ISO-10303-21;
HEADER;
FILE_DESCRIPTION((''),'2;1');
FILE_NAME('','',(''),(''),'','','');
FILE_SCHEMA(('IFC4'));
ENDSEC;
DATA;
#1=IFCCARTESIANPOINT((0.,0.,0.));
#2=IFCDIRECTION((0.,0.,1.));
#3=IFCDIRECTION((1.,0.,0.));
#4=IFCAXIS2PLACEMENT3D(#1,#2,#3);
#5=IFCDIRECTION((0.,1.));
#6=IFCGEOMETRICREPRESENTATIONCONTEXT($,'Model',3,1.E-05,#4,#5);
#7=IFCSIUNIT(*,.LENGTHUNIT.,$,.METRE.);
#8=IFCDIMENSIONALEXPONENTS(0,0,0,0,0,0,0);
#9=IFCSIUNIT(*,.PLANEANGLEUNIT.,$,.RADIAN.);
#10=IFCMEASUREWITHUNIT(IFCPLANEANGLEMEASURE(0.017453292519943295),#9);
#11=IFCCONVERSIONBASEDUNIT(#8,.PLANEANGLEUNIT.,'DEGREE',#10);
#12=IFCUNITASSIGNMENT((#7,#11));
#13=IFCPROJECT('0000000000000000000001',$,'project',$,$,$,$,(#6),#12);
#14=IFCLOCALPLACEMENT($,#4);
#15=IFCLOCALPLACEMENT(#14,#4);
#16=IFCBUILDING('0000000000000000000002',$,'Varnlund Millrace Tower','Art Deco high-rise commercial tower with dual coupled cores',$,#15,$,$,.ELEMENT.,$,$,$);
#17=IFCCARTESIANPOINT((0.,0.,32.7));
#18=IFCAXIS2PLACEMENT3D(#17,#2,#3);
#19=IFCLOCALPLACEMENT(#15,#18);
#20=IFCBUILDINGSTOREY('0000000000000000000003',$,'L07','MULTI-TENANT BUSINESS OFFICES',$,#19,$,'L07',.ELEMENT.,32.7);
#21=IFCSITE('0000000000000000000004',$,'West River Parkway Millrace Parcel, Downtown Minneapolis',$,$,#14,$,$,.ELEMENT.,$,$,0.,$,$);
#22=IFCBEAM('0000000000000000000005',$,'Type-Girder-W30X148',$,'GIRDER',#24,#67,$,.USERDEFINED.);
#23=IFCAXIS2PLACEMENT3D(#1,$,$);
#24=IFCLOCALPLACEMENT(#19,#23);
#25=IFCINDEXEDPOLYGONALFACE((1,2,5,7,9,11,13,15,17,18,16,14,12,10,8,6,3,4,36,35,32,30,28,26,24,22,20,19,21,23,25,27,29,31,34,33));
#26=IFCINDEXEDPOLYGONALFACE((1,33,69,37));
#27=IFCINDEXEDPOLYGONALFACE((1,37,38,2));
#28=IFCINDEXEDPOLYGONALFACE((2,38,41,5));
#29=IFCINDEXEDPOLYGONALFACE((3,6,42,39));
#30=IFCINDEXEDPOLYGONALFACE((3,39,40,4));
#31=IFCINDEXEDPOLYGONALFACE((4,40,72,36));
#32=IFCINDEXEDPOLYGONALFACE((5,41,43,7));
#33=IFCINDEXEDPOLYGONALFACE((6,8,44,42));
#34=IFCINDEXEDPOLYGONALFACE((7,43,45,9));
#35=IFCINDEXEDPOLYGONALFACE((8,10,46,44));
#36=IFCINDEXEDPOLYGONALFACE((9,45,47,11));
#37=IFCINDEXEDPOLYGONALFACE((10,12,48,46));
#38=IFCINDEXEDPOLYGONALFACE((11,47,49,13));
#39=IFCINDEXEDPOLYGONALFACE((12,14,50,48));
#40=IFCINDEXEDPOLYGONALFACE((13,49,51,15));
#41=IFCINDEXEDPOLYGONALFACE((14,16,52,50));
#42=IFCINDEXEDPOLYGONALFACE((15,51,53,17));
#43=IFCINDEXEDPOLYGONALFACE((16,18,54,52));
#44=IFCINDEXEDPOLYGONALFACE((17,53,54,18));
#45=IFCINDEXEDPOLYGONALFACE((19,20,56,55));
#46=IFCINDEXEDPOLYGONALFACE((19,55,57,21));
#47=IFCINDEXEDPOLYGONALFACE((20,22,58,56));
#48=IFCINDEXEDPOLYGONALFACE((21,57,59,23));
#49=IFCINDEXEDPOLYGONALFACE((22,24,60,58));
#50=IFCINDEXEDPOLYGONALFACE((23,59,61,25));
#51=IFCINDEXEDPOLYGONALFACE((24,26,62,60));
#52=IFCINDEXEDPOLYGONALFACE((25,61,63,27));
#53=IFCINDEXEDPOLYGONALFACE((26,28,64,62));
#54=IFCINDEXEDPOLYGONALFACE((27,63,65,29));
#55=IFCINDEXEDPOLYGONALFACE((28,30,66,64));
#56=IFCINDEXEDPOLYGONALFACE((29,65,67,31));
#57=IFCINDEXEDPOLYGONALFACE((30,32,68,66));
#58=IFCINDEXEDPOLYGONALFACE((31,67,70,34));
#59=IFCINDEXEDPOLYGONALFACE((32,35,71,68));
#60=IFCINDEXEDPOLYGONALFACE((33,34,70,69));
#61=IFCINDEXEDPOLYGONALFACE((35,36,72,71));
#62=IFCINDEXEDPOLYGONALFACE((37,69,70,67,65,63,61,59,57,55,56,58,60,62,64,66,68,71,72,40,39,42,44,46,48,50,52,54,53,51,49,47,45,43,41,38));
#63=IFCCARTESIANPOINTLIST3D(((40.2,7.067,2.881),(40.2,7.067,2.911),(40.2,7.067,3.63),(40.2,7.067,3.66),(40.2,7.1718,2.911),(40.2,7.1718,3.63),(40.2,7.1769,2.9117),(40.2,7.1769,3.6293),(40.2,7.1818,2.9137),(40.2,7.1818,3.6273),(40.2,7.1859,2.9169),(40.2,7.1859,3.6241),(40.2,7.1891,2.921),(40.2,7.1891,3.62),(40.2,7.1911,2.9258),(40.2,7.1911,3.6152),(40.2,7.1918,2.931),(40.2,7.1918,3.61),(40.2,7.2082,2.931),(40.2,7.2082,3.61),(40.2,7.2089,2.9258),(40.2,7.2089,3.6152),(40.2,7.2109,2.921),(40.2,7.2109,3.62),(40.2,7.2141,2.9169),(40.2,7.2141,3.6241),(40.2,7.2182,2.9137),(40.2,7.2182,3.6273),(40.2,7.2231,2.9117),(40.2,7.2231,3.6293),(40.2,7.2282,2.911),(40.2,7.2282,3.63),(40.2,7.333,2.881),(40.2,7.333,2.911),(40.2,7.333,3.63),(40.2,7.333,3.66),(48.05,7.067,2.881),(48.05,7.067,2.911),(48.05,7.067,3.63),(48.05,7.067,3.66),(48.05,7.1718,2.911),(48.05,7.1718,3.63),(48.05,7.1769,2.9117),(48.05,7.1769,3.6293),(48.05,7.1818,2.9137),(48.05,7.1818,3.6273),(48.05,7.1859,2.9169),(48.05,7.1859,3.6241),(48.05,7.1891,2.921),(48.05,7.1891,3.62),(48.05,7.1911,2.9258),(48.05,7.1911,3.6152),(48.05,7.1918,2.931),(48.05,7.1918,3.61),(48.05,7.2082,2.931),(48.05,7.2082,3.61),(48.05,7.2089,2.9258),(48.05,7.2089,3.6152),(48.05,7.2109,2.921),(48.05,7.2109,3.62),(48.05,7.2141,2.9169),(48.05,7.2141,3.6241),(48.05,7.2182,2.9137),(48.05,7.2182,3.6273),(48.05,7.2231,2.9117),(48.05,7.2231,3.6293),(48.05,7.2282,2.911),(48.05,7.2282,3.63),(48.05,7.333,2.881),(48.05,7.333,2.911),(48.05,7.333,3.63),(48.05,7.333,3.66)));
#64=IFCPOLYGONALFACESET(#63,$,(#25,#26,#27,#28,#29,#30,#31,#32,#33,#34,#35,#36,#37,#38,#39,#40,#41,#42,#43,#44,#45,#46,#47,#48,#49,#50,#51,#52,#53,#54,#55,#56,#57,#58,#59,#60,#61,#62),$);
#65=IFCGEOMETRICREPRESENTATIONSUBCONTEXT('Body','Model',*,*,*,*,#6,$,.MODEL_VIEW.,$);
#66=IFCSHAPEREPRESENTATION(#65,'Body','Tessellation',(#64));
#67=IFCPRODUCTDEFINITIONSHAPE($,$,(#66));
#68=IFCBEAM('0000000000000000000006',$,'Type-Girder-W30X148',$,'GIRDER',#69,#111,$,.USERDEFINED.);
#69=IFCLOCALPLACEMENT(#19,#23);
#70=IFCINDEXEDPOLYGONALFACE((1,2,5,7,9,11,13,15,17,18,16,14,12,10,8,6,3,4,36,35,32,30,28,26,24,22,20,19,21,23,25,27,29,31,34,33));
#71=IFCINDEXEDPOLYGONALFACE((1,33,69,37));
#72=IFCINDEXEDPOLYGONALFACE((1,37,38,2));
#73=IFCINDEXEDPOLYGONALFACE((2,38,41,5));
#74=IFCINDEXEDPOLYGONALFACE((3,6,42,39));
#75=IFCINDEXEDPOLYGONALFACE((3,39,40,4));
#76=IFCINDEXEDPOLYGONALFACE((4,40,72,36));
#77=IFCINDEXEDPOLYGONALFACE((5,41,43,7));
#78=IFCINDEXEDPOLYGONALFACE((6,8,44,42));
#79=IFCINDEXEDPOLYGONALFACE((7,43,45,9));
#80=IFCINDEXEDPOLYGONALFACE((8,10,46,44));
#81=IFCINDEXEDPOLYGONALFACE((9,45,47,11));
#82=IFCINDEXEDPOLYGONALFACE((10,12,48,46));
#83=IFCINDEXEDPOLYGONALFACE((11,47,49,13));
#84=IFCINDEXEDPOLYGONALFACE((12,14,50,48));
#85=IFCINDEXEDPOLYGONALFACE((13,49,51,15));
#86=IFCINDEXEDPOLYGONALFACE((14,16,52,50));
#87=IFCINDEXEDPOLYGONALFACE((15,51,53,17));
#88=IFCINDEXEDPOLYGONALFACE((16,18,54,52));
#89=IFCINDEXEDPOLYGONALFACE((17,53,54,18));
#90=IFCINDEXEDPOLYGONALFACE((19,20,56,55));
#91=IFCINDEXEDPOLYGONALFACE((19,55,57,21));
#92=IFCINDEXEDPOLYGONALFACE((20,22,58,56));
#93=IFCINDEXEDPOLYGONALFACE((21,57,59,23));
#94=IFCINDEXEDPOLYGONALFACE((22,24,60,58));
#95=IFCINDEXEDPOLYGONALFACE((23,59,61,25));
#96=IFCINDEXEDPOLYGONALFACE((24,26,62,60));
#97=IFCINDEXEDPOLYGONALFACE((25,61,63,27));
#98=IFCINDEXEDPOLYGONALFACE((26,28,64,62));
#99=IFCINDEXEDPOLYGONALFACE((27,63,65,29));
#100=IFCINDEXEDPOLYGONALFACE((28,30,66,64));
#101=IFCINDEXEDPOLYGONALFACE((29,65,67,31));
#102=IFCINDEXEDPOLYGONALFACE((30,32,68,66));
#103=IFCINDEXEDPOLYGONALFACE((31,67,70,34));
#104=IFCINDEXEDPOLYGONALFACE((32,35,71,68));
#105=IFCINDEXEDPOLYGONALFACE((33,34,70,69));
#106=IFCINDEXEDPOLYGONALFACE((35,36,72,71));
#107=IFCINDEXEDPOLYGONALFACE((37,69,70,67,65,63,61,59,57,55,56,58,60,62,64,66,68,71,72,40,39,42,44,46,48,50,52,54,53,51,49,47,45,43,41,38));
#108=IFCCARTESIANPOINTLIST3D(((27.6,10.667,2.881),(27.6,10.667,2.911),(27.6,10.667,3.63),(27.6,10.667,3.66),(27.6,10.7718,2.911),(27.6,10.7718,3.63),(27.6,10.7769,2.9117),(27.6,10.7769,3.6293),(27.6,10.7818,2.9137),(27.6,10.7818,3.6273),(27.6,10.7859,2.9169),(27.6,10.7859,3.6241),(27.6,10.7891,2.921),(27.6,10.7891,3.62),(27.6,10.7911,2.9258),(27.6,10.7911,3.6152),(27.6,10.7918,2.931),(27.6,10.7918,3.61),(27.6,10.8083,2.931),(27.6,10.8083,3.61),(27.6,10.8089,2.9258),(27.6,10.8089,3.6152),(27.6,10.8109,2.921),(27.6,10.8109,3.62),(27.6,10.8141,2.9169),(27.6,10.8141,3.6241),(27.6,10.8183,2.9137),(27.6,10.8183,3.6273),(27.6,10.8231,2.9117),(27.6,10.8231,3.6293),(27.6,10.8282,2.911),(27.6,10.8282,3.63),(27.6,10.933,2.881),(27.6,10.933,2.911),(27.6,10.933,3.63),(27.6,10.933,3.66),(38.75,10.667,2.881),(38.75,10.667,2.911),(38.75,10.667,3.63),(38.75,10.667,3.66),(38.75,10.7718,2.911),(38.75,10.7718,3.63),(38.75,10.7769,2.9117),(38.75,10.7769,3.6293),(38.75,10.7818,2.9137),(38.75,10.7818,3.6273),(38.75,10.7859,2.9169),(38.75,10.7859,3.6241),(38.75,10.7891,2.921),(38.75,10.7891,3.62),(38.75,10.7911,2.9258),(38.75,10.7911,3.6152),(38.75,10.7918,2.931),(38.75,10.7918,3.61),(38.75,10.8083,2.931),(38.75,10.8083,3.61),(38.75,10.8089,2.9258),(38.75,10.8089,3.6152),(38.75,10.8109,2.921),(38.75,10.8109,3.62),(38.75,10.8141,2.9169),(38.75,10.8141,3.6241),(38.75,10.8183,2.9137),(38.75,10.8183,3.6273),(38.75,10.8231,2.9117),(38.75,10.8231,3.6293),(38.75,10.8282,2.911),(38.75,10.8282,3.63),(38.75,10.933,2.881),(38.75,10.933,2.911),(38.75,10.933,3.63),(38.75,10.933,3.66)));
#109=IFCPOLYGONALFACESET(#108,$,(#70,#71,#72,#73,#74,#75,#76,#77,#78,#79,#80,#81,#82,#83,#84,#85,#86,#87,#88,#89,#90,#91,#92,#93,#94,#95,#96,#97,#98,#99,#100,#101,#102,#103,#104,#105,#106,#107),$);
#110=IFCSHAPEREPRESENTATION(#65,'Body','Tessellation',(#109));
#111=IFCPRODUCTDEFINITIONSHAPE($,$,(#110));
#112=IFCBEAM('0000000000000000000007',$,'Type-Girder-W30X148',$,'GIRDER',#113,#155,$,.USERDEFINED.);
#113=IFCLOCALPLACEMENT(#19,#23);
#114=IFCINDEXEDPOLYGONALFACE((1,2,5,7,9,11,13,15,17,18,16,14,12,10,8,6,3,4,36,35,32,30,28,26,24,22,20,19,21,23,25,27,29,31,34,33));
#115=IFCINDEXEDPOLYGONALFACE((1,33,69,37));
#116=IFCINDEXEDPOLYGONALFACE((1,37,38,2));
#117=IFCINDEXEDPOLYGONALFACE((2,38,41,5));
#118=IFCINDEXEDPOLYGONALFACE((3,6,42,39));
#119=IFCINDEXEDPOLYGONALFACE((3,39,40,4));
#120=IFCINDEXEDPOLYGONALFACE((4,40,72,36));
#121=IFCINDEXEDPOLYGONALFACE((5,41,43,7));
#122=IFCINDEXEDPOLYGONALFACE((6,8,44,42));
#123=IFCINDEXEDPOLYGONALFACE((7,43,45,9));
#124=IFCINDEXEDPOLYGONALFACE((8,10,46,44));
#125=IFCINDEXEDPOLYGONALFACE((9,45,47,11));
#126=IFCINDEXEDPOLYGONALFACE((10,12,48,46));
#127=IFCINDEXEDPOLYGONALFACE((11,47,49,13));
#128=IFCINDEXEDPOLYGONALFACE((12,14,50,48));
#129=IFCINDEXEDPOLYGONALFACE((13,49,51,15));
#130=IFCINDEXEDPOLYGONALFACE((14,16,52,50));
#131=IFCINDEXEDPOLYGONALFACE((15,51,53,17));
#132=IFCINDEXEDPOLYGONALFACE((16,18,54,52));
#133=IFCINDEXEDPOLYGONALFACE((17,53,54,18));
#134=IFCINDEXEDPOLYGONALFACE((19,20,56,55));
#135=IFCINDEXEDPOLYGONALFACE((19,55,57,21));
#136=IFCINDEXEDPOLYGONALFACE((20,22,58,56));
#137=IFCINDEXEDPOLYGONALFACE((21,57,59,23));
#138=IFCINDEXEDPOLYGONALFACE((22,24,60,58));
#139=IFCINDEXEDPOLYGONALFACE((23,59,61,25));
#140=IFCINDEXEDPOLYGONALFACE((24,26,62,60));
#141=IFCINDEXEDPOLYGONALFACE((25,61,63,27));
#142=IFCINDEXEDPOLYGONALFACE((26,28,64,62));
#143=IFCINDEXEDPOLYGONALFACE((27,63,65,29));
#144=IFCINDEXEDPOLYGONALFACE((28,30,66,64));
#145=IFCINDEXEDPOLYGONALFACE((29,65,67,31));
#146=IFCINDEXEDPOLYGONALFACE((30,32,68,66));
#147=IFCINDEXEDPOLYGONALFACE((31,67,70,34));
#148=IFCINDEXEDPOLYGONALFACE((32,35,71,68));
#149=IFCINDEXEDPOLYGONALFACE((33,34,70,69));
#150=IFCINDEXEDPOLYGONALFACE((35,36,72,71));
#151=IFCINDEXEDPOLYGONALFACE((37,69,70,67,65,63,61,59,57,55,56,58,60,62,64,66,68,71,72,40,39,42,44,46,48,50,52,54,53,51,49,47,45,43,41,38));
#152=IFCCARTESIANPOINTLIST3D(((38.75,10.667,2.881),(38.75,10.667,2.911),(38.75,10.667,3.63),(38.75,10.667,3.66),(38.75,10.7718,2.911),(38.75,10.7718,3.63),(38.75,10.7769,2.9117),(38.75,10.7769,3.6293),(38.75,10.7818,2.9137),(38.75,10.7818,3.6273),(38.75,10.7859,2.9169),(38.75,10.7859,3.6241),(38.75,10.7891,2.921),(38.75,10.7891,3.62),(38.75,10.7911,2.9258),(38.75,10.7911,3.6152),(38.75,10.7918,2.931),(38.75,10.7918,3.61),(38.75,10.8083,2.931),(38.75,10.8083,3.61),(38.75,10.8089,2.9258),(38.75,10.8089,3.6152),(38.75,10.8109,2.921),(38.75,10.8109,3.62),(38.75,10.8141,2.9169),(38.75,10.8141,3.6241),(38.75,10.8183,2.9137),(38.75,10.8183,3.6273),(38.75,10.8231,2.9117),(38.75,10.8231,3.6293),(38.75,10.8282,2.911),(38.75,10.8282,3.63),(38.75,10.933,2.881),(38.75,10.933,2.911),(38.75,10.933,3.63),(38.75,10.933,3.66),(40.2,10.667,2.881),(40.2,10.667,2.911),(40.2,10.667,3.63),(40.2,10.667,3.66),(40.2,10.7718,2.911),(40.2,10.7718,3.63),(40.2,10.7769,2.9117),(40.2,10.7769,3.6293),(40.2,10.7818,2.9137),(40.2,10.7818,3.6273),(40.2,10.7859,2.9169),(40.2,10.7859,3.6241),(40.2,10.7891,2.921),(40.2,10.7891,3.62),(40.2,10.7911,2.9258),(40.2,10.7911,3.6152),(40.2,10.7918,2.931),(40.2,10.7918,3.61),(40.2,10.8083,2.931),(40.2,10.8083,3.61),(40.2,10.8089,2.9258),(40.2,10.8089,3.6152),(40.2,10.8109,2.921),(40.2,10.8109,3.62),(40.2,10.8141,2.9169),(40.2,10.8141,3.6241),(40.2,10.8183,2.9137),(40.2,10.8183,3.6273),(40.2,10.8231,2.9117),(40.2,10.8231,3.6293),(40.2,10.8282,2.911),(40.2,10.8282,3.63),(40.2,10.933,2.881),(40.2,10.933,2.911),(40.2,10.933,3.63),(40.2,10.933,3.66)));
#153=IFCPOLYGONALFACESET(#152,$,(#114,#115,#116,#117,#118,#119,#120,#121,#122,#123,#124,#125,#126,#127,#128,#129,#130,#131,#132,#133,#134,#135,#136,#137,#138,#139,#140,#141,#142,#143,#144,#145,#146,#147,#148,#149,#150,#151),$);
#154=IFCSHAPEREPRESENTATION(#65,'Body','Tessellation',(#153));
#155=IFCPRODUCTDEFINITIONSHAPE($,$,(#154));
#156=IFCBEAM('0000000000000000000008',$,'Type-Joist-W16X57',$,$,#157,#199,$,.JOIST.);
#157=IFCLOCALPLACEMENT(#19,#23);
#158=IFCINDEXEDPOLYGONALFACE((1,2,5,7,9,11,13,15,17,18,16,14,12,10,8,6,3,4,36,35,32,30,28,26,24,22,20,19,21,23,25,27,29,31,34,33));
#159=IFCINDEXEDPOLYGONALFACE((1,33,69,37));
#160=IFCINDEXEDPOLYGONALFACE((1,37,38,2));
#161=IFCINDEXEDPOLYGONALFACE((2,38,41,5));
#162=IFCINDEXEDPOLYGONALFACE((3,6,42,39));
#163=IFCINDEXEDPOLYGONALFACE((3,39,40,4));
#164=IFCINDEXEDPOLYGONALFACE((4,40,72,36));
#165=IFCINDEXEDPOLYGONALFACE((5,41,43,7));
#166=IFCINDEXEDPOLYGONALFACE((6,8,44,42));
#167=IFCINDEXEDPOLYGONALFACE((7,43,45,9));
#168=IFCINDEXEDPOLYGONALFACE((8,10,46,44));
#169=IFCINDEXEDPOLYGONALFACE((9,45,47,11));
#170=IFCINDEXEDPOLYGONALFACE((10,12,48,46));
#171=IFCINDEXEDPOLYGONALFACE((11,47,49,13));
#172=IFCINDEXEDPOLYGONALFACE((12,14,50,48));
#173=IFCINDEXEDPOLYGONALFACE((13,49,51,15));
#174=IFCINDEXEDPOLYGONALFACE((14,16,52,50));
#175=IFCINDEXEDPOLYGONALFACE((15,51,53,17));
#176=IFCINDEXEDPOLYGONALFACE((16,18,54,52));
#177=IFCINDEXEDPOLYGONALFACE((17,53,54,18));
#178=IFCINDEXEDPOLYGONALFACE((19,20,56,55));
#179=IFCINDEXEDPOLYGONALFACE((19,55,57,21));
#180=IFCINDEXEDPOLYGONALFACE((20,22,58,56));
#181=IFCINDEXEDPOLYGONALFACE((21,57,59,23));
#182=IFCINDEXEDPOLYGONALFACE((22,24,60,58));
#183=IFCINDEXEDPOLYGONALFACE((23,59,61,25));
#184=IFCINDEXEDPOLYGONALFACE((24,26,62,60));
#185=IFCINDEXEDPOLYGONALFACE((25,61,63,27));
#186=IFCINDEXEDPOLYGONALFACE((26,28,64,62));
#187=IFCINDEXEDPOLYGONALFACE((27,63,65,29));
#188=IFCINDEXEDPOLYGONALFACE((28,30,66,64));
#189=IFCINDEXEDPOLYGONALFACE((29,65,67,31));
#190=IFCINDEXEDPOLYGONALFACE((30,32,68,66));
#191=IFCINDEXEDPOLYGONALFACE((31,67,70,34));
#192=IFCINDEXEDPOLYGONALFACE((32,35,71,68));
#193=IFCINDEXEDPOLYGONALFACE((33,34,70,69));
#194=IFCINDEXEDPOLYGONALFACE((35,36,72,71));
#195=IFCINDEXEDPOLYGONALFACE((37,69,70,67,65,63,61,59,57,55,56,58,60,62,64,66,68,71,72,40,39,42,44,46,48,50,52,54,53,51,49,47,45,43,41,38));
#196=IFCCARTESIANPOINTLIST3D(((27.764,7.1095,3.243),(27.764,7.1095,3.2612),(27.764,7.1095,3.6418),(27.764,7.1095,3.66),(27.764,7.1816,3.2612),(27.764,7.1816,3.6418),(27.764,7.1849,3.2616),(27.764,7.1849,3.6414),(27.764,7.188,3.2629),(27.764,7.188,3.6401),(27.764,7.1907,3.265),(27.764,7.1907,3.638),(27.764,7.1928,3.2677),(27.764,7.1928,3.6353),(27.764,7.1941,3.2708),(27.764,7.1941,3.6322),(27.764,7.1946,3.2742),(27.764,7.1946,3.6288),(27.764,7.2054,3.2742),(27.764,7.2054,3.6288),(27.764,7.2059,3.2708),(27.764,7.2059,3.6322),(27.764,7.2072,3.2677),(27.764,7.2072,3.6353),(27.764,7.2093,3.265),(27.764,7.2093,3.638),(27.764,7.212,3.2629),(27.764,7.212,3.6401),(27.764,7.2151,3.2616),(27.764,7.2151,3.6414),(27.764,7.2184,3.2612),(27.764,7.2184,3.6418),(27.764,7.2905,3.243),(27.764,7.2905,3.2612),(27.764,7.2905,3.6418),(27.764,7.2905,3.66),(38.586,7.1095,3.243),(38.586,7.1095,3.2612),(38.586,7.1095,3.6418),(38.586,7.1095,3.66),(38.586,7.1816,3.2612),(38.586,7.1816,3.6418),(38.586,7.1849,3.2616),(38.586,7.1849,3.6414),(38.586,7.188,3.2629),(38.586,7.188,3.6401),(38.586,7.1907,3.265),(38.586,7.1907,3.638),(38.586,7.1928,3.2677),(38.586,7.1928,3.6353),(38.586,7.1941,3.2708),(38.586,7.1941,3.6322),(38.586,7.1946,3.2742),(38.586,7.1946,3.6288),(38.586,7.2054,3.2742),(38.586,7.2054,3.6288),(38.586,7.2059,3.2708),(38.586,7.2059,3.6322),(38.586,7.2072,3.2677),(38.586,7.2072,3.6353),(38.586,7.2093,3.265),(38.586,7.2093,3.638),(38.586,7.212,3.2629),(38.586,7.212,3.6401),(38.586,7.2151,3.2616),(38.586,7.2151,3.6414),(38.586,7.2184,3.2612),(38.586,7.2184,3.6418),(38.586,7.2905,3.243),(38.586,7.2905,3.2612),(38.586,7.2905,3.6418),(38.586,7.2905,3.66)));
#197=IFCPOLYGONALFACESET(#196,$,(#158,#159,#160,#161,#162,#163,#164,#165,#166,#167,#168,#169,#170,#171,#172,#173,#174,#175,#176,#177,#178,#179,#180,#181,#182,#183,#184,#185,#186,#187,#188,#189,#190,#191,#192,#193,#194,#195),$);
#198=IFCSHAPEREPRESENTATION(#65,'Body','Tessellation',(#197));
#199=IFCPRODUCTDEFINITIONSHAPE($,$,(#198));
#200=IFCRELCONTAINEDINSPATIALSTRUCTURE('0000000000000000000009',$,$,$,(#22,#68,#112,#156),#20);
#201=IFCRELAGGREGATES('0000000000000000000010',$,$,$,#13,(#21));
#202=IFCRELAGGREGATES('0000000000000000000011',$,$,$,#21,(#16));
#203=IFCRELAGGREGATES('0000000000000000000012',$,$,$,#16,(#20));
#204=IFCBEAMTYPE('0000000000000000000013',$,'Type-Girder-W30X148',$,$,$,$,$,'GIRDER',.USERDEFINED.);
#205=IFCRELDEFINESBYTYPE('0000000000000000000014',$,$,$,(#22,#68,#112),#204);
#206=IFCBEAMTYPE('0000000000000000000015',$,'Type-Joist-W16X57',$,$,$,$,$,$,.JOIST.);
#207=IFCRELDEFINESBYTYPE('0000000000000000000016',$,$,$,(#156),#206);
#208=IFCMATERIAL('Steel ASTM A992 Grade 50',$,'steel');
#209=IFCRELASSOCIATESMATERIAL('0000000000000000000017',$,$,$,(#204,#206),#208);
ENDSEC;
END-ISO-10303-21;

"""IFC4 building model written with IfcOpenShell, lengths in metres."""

from ifc_helpers import new_model, entity, si_unit, converted_unit, direction, frame, origin_with_axes, origin_2d_with_axis, place, context, subcontext, project, spatial, i_section, extrude, material, material_profile, profile_set, type_object, element, save


model = new_model("IFC4")

# Units and contexts
model_context = context("Model", 3, precision=1e-05, world=origin_with_axes(), true_north=direction((0.0, 1.0)))
body_context = subcontext(model_context, "Body", "Model", "MODEL_VIEW")
ifc_project = project(units=[si_unit("LENGTHUNIT", "METRE"), converted_unit("PLANEANGLEUNIT", "DEGREE", entity("IfcPlaneAngleMeasure", 0.017453292519943295), si_unit("PLANEANGLEUNIT", "RADIAN"), dimensions=[0, 0, 0, 0, 0, 0, 0])], contexts=[model_context])

# Site, building, storey
site_placement = place(None, origin_with_axes())
site = spatial("IfcSite", under=ifc_project, at=site_placement, Name="West River Parkway Millrace Parcel, Downtown Minneapolis", CompositionType="ELEMENT", RefElevation=0.0)
building_placement = place(site_placement, origin_with_axes())
building = spatial("IfcBuilding", under=site, at=building_placement, Name="Varnlund Millrace Tower", Description="Art Deco high-rise commercial tower with dual coupled cores", CompositionType="ELEMENT")
storey_placement = place(building_placement, frame((0.0, 0.0, 32.7), z_axis=(0.0, 0.0, 1.0), x_axis=(1.0, 0.0, 0.0)))
storey = spatial("IfcBuildingStorey", under=building, at=storey_placement, Name="L07", Description="MULTI-TENANT BUSINESS OFFICES", LongName="L07", CompositionType="ELEMENT", Elevation=32.7)

# Beams
ifc_material_1 = material(Name="Steel ASTM A992 Grade 50", Category="steel")
ifc_material_profile_1 = material_profile(ifc_material_1, i_section(OverallWidth=0.266, OverallDepth=0.779, WebThickness=0.0165, FlangeThickness=0.03, FilletRadius=0.02, at=origin_2d_with_axis()), Name="Steel ASTM A992 Grade 50")
ifc_profile_set_1 = profile_set([ifc_material_profile_1], Name="Steel ASTM A992 Grade 50")
beam_type_1 = type_object("IfcBeamType", Name="Type-Girder-W30X148", ElementType="GIRDER", PredefinedType="USERDEFINED", material=ifc_profile_set_1)
beam_1_placement = place(storey_placement, frame((40.2, 7.2, 3.2705), z_axis=(1.0, 0.0, 0.0), x_axis=(0.0, 1.0, 0.0)))
element("IfcBeam", 1, at=beam_1_placement, inside=storey, type_object=beam_type_1, Name="Type-Girder-W30X148", ObjectType="GIRDER", PredefinedType="USERDEFINED", context=body_context, shape_type="SweptSolid", body=[
    extrude(i_section(OverallWidth=0.266, OverallDepth=0.779, WebThickness=0.0165, FlangeThickness=0.03, FilletRadius=0.02, at=origin_2d_with_axis()), origin_with_axes(), (0.0, 0.0, 1.0), 7.85),
])
beam_2_placement = place(storey_placement, frame((27.6, 10.8, 3.2705), z_axis=(1.0, 0.0, 0.0), x_axis=(0.0, 1.0, 0.0)))
element("IfcBeam", 2, at=beam_2_placement, inside=storey, type_object=beam_type_1, Name="Type-Girder-W30X148", ObjectType="GIRDER", PredefinedType="USERDEFINED", context=body_context, shape_type="SweptSolid", body=[
    extrude(i_section(OverallWidth=0.266, OverallDepth=0.779, WebThickness=0.0165, FlangeThickness=0.03, FilletRadius=0.02, at=origin_2d_with_axis()), origin_with_axes(), (0.0, 0.0, 1.0), 11.15),
])
beam_3_placement = place(storey_placement, frame((38.75, 10.8, 3.2705), z_axis=(1.0, 0.0, 0.0), x_axis=(0.0, 1.0, 0.0)))
element("IfcBeam", 3, at=beam_3_placement, inside=storey, type_object=beam_type_1, Name="Type-Girder-W30X148", ObjectType="GIRDER", PredefinedType="USERDEFINED", context=body_context, shape_type="SweptSolid", body=[
    extrude(i_section(OverallWidth=0.266, OverallDepth=0.779, WebThickness=0.0165, FlangeThickness=0.03, FilletRadius=0.02, at=origin_2d_with_axis()), origin_with_axes(), (0.0, 0.0, 1.0), 1.45),
])
ifc_material_profile_2 = material_profile(ifc_material_1, i_section(OverallWidth=0.181, OverallDepth=0.417, WebThickness=0.0109, FlangeThickness=0.0182, FilletRadius=0.013, at=origin_2d_with_axis()), Name="Steel ASTM A992 Grade 50")
ifc_profile_set_2 = profile_set([ifc_material_profile_2], Name="Steel ASTM A992 Grade 50")
beam_type_2 = type_object("IfcBeamType", Name="Type-Joist-W16X57", PredefinedType="JOIST", material=ifc_profile_set_2)
beam_4_placement = place(storey_placement, frame((27.764, 7.2, 3.4515), z_axis=(1.0, 0.0, 0.0), x_axis=(0.0, 1.0, 0.0)))
element("IfcBeam", 4, at=beam_4_placement, inside=storey, type_object=beam_type_2, Name="Type-Joist-W16X57", PredefinedType="JOIST", context=body_context, shape_type="SweptSolid", body=[
    extrude(i_section(OverallWidth=0.181, OverallDepth=0.417, WebThickness=0.0109, FlangeThickness=0.0182, FilletRadius=0.013, at=origin_2d_with_axis()), origin_with_axes(), (0.0, 0.0, 1.0), 10.822),
])

save(model, "model.ifc")
